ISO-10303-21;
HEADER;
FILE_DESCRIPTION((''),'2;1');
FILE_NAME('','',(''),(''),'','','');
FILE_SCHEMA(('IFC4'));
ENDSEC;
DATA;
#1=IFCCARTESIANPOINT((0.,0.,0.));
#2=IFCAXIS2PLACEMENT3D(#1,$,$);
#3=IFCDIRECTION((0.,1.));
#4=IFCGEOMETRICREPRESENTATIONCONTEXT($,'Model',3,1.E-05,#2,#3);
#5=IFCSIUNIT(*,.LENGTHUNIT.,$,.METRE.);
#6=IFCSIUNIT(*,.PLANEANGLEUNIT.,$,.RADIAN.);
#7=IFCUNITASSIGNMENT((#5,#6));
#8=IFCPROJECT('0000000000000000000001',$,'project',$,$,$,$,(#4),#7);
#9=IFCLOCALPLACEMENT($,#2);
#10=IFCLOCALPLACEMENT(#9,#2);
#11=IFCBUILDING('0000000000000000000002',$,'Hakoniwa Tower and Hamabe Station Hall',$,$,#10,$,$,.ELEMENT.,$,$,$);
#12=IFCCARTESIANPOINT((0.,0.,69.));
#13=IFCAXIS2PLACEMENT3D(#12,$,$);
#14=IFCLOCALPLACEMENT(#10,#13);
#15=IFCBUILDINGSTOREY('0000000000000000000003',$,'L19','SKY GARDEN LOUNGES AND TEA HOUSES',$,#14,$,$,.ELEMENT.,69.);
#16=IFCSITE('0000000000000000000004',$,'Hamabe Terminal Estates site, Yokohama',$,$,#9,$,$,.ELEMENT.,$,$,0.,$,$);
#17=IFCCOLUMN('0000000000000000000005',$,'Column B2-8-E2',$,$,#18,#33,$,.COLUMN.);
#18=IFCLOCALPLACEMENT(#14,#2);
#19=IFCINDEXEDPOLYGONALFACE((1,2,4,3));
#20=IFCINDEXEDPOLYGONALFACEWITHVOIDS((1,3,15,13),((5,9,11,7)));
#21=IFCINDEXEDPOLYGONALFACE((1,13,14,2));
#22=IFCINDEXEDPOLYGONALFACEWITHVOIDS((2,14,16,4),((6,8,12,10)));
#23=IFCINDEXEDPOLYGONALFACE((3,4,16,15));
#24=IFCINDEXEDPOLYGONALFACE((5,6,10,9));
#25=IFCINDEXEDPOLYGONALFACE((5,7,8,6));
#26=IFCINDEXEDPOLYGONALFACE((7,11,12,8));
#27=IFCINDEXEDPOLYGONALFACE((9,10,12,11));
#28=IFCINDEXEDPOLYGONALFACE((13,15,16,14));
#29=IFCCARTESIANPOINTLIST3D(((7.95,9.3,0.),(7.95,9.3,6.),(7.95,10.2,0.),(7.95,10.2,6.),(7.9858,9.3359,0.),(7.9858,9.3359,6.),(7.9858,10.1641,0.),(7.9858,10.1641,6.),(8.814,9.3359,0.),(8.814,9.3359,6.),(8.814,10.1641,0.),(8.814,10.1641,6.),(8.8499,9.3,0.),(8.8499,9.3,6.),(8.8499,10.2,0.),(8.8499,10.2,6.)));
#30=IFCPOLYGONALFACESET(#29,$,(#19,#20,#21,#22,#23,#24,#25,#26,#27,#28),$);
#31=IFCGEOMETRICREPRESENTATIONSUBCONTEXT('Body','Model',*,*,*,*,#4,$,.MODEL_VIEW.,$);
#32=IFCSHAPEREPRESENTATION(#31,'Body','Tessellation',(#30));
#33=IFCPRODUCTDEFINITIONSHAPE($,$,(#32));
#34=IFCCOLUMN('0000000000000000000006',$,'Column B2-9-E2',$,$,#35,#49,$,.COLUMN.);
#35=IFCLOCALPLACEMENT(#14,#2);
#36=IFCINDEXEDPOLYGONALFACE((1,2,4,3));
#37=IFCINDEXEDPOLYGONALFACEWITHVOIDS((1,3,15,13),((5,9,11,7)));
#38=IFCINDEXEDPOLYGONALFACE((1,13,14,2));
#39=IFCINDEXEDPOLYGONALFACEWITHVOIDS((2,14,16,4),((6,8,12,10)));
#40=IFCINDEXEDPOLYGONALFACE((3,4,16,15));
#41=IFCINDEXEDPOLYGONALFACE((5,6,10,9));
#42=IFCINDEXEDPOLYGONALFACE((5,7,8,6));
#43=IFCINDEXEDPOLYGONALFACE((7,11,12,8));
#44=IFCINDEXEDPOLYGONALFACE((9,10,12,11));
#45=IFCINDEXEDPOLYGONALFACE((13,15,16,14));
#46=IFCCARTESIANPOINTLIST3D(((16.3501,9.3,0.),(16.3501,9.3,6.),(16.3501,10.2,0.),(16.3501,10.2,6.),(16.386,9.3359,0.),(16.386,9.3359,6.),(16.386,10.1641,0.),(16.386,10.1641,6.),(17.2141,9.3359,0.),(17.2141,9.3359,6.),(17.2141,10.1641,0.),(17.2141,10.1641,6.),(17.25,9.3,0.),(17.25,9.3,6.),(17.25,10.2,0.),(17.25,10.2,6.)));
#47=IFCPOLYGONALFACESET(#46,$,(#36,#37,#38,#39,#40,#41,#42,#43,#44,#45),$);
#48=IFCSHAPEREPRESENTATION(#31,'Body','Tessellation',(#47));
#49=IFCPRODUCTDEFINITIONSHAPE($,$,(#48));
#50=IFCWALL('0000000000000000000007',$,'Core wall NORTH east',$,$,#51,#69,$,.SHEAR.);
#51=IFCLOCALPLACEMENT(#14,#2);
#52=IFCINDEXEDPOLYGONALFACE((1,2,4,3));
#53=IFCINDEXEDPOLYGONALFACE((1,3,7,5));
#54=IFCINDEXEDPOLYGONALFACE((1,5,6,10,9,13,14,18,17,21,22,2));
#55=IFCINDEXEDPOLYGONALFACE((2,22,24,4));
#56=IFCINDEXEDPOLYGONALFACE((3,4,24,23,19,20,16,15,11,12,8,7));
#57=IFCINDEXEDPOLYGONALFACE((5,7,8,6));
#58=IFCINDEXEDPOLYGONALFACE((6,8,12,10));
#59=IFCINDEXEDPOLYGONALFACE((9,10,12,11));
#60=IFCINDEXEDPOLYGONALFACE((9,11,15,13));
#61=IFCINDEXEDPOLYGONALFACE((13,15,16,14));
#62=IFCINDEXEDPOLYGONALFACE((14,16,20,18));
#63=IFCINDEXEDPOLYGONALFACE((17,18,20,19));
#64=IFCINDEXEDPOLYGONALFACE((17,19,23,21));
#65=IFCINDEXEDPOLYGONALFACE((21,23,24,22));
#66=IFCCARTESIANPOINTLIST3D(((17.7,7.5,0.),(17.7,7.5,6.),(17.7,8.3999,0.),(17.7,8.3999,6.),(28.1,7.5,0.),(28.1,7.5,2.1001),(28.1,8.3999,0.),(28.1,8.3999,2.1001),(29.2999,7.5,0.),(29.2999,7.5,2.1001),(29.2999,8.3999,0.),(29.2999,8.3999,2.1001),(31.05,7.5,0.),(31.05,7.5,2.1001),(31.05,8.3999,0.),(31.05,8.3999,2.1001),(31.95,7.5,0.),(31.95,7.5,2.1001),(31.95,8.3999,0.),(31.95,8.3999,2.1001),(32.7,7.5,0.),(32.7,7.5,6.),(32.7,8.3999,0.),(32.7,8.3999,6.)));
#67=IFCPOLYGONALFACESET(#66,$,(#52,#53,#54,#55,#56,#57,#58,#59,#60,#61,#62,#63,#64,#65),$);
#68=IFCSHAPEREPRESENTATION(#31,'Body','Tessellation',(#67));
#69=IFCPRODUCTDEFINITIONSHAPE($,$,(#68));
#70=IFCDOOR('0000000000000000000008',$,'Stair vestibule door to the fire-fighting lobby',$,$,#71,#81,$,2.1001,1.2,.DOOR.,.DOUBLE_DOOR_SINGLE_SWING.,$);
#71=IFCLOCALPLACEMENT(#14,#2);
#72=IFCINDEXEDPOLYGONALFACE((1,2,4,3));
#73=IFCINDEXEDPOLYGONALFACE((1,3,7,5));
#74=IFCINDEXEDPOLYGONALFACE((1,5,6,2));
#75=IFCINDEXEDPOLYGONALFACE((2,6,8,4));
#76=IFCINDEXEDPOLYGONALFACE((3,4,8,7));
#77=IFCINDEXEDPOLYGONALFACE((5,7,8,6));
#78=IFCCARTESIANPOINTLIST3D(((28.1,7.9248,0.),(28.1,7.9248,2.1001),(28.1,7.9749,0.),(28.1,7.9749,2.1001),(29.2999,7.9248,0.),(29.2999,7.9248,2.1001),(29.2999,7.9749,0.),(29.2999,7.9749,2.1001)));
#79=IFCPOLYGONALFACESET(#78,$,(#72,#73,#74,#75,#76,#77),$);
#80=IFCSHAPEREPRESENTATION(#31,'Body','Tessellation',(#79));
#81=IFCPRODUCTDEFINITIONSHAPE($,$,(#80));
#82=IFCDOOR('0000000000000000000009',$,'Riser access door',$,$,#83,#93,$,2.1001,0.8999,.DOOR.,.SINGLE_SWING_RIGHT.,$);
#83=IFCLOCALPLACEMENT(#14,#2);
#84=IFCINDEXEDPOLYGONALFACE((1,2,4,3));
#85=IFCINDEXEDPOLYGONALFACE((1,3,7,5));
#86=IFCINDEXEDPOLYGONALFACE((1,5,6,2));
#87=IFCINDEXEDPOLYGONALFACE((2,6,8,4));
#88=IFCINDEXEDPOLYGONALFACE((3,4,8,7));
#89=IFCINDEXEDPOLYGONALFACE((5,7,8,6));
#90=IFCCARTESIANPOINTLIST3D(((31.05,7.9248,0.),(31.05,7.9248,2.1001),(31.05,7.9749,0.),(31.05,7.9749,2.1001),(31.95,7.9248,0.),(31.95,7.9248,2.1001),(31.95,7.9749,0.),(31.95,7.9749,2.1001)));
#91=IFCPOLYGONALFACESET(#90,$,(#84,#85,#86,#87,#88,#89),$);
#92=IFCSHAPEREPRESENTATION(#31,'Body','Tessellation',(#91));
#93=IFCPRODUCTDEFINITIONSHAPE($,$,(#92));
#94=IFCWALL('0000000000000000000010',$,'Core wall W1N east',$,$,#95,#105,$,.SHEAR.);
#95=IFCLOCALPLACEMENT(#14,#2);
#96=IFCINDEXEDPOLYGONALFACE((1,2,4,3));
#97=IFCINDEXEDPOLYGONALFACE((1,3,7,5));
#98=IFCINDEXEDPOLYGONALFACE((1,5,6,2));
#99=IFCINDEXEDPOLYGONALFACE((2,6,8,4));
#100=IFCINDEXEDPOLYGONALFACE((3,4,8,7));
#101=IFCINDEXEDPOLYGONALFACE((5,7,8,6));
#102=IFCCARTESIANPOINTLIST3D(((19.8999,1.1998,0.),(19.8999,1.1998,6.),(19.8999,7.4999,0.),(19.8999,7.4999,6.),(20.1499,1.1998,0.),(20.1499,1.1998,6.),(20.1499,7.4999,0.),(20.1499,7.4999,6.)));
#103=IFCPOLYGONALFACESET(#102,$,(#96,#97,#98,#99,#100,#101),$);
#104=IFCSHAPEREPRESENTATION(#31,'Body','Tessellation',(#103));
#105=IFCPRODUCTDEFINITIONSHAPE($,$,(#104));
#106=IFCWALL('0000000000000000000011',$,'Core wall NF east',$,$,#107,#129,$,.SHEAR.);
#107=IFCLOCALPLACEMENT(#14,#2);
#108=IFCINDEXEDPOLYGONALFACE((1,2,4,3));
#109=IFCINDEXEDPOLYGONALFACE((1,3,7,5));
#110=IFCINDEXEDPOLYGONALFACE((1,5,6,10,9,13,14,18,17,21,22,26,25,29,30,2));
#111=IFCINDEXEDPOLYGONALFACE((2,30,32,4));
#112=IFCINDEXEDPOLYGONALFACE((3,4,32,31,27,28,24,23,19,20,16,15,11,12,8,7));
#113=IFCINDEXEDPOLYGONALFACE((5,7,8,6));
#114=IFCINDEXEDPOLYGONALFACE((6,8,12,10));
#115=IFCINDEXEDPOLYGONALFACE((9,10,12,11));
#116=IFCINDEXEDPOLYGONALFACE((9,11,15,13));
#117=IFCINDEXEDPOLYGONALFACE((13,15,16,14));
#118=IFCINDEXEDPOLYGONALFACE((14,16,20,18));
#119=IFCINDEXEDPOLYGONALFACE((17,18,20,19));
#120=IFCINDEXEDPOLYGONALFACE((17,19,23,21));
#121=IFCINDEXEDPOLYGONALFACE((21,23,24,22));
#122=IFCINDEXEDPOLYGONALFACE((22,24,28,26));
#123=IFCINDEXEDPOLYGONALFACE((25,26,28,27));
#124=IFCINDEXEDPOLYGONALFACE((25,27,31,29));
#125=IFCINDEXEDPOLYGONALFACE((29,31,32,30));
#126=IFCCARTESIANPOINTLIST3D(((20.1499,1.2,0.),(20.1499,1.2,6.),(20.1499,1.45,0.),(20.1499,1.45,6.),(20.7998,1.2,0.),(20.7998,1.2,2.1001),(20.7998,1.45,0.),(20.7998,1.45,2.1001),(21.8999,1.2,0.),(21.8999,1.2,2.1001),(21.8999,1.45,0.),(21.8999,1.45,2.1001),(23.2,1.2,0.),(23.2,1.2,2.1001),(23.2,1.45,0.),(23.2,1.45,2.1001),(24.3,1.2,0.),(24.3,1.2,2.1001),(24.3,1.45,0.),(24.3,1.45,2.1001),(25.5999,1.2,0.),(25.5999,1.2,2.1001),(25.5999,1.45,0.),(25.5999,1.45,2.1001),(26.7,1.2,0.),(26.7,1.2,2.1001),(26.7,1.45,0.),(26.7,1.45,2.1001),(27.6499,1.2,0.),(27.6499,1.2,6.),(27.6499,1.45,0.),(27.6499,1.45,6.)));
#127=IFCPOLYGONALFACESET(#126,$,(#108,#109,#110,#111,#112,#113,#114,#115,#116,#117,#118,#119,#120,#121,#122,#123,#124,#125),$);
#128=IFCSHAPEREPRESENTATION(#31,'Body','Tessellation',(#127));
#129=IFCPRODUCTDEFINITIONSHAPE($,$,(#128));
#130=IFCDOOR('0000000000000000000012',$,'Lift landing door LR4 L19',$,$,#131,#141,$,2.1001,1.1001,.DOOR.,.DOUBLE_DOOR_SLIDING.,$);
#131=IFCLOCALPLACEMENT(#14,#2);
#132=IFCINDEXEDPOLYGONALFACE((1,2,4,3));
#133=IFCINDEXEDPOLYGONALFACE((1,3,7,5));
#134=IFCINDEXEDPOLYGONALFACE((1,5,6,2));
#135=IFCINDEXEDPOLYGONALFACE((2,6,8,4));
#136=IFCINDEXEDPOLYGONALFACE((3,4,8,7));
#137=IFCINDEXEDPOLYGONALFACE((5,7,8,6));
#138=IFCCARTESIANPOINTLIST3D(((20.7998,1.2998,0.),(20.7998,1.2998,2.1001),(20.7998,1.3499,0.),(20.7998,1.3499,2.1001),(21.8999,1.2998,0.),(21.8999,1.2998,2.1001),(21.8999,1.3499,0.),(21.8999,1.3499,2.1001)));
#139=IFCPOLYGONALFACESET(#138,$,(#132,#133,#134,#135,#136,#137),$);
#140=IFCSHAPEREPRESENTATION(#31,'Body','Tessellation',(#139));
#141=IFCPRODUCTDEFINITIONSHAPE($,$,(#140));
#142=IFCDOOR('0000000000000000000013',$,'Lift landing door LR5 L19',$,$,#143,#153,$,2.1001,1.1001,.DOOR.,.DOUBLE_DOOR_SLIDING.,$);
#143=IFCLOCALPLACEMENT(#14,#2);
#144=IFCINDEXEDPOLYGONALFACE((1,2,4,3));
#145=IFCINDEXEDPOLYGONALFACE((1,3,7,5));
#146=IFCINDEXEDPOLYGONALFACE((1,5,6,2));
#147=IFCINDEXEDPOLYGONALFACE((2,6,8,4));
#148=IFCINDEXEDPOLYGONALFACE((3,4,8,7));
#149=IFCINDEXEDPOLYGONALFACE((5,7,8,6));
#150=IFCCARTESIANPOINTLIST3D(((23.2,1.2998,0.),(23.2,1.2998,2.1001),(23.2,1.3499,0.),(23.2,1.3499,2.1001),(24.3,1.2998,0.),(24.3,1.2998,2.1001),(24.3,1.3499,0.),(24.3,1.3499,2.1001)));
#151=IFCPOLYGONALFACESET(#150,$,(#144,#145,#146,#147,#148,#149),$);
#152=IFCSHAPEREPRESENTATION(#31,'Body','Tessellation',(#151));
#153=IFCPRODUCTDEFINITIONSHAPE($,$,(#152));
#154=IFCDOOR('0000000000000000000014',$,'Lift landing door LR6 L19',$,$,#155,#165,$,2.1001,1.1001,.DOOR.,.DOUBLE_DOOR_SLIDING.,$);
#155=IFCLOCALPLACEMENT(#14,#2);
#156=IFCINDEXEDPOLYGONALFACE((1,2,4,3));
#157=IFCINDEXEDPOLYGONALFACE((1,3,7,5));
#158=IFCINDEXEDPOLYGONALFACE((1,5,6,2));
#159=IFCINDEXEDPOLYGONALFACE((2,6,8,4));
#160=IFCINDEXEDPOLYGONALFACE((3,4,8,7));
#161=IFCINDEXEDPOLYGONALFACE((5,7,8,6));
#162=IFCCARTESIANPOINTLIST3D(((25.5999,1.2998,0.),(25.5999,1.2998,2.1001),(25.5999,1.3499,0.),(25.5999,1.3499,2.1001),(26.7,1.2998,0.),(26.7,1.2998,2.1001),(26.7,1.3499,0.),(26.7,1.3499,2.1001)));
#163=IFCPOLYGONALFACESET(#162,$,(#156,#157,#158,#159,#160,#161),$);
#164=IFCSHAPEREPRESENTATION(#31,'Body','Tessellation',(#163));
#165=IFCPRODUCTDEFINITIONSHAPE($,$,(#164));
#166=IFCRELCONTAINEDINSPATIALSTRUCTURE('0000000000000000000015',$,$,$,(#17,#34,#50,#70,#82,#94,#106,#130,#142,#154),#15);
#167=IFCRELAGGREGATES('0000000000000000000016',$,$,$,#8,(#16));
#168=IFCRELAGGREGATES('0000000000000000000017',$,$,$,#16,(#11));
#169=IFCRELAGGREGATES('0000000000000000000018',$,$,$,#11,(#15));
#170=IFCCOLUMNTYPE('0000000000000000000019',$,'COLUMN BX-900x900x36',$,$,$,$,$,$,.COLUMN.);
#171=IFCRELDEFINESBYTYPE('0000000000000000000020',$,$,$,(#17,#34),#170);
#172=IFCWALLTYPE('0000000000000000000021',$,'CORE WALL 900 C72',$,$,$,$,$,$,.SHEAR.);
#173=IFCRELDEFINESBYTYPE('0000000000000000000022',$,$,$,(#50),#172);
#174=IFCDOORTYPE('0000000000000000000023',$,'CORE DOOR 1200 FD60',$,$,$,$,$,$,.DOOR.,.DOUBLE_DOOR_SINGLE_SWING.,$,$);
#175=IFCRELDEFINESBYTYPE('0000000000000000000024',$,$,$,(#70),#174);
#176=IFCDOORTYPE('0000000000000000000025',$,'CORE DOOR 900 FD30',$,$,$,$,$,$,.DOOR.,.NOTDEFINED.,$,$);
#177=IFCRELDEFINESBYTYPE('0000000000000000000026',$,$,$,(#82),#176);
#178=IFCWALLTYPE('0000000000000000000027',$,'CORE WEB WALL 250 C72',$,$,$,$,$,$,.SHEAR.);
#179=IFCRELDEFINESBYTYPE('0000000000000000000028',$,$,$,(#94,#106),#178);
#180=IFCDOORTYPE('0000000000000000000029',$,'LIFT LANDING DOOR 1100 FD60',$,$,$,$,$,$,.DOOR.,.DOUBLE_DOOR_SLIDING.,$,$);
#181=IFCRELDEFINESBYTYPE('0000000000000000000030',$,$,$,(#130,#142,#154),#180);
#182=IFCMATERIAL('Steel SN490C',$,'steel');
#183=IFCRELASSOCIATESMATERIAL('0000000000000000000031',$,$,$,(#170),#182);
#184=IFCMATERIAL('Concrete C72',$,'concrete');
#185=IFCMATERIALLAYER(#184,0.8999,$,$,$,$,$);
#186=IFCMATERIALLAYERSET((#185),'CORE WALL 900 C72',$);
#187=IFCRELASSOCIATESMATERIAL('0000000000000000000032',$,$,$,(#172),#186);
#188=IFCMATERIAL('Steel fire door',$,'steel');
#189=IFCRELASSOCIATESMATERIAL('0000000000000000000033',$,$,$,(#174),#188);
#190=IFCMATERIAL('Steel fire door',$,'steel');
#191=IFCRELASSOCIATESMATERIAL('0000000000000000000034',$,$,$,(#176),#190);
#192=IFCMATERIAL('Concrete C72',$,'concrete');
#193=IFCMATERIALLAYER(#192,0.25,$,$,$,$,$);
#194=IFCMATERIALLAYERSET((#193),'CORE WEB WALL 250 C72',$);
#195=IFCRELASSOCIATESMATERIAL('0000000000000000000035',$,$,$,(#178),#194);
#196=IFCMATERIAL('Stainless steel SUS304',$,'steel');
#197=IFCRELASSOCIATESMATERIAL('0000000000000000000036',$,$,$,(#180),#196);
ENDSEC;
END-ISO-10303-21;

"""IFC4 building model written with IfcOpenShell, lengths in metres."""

from ifc_helpers import new_model, si_unit, direction, frame, frame_2d, origin, origin_2d, place, context, subcontext, project, spatial, rectangle, hollow_rectangle, extrude, material, layer, layer_set, material_profile, profile_set, type_object, element, fill, save


model = new_model("IFC4")

# Units and contexts
model_context = context("Model", 3, precision=1e-05, world=origin(), true_north=direction((0.0, 1.0)))
body_context = subcontext(model_context, "Body", "Model", "MODEL_VIEW")
ifc_project = project(units=[si_unit("LENGTHUNIT", "METRE"), si_unit("PLANEANGLEUNIT", "RADIAN")], contexts=[model_context])

# Site, building, storey
site_placement = place(None, origin())
site = spatial("IfcSite", under=ifc_project, at=site_placement, Name="Hamabe Terminal Estates site, Yokohama", CompositionType="ELEMENT", RefElevation=0.0)
building_placement = place(site_placement, origin())
building = spatial("IfcBuilding", under=site, at=building_placement, Name="Hakoniwa Tower and Hamabe Station Hall", CompositionType="ELEMENT")
storey_placement = place(building_placement, frame((0.0, 0.0, 69.0)))
storey = spatial("IfcBuildingStorey", under=building, at=storey_placement, Name="L19", Description="SKY GARDEN LOUNGES AND TEA HOUSES", CompositionType="ELEMENT", Elevation=69.0)

# Columns
ifc_material_1 = material(Name="Steel SN490C", Category="steel")
ifc_material_profile = material_profile(ifc_material_1, hollow_rectangle(XDim=0.8999, YDim=0.8999, WallThickness=0.0359, at=origin_2d()), Name="BX-900x900x36")
ifc_profile_set = profile_set([ifc_material_profile], Name="Steel SN490C")
column_type = type_object("IfcColumnType", Name="COLUMN BX-900x900x36", PredefinedType="COLUMN", material=ifc_profile_set)
for number, where, z_axis, x_axis, name in (
    (1, (8.3999, 9.75, 0.0), (0.0, 0.0, 1.0), (1.0, 0.0, 0.0), "Column B2-8-E2"),
    (2, (16.8, 9.75, 0.0), (0.0, 0.0, 1.0), (1.0, 0.0, 0.0), "Column B2-9-E2"),
):
    element("IfcColumn", number, at=place(storey_placement, frame(where, z_axis=z_axis, x_axis=x_axis)), inside=storey, type_object=column_type, Name=name, PredefinedType="COLUMN", context=body_context, shape_type="SweptSolid", body=[
        extrude(hollow_rectangle(XDim=0.8999, YDim=0.8999, WallThickness=0.0359, at=origin_2d()), origin(), (0.0, 0.0, 1.0), 6.0),
    ])

# Wall, openings, doors
ifc_material_2 = material(Name="Concrete C72", Category="concrete")
ifc_layer_1 = layer(ifc_material_2, 0.8999)
ifc_layer_set_1 = layer_set([ifc_layer_1], Name="CORE WALL 900 C72")
wall_type_1 = type_object("IfcWallType", Name="CORE WALL 900 C72", PredefinedType="SHEAR", material=ifc_layer_set_1)
wall_1_placement = place(storey_placement, frame((17.7, 7.95, 0.0), z_axis=(0.0, 0.0, 1.0), x_axis=(1.0, 0.0, 0.0)))
wall_1 = element("IfcWall", 3, at=wall_1_placement, inside=storey, type_object=wall_type_1, Name="Core wall NORTH east", PredefinedType="SHEAR", context=body_context, shape_type="SweptSolid", body=[
    extrude(rectangle(XDim=15.0, YDim=0.8999, at=frame_2d((7.5, 0.0))), origin(), (0.0, 0.0, 1.0), 6.0),
])
opening_1_placement = place(wall_1_placement, frame((10.3999, 0.0, 0.0)))
opening_1 = element("IfcOpeningElement", 4, at=opening_1_placement, cuts=wall_1, PredefinedType="OPENING", context=body_context, shape_type="SweptSolid", body=[
    extrude(rectangle(XDim=1.2, YDim=2.1001, at=frame_2d((0.6001, 1.05))), frame((0.0, 0.46, 0.0), z_axis=(0.0, -1.0, 0.0), x_axis=(1.0, 0.0, 0.0)), (0.0, 0.0, 1.0), 0.9199),
])
opening_2_placement = place(wall_1_placement, frame((13.3501, 0.0, 0.0)))
opening_2 = element("IfcOpeningElement", 5, at=opening_2_placement, cuts=wall_1, PredefinedType="OPENING", context=body_context, shape_type="SweptSolid", body=[
    extrude(rectangle(XDim=0.8999, YDim=2.1001, at=frame_2d((0.45, 1.05))), frame((0.0, 0.46, 0.0), z_axis=(0.0, -1.0, 0.0), x_axis=(1.0, 0.0, 0.0)), (0.0, 0.0, 1.0), 0.9199),
])
ifc_material_3 = material(Name="Steel fire door", Category="steel")
door_type_1 = type_object("IfcDoorType", Name="CORE DOOR 1200 FD60", OperationType="DOUBLE_DOOR_SINGLE_SWING", PredefinedType="DOOR", material=ifc_material_3)
door_1_placement = place(opening_1_placement, origin())
door_1 = element("IfcDoor", 6, at=door_1_placement, inside=storey, type_object=door_type_1, Name="Stair vestibule door to the fire-fighting lobby", OperationType="DOUBLE_DOOR_SINGLE_SWING", OverallHeight=2.1001, OverallWidth=1.2, PredefinedType="DOOR", context=body_context, shape_type="SweptSolid", body=[
    extrude(rectangle(XDim=1.2, YDim=2.1001, at=frame_2d((0.6001, 1.05))), frame((0.0, 0.0249, 0.0), z_axis=(0.0, -1.0, 0.0), x_axis=(1.0, 0.0, 0.0)), (0.0, 0.0, 1.0), 0.05),
])
fill(opening_1, door_1)
ifc_material_4 = material(Name="Steel fire door", Category="steel")
door_type_2 = type_object("IfcDoorType", Name="CORE DOOR 900 FD30", OperationType="NOTDEFINED", PredefinedType="DOOR", material=ifc_material_4)
door_2_placement = place(opening_2_placement, origin())
door_2 = element("IfcDoor", 7, at=door_2_placement, inside=storey, type_object=door_type_2, Name="Riser access door", OperationType="SINGLE_SWING_RIGHT", OverallHeight=2.1001, OverallWidth=0.8999, PredefinedType="DOOR", context=body_context, shape_type="SweptSolid", body=[
    extrude(rectangle(XDim=0.8999, YDim=2.1001, at=frame_2d((0.45, 1.05))), frame((0.0, 0.0249, 0.0), z_axis=(0.0, -1.0, 0.0), x_axis=(1.0, 0.0, 0.0)), (0.0, 0.0, 1.0), 0.05),
])
fill(opening_2, door_2)

# Wall
ifc_material_5 = material(Name="Concrete C72", Category="concrete")
ifc_layer_2 = layer(ifc_material_5, 0.25)
ifc_layer_set_2 = layer_set([ifc_layer_2], Name="CORE WEB WALL 250 C72")
wall_type_2 = type_object("IfcWallType", Name="CORE WEB WALL 250 C72", PredefinedType="SHEAR", material=ifc_layer_set_2)
wall_2_placement = place(storey_placement, frame((20.0249, 1.2, 0.0), z_axis=(0.0, 0.0, 1.0), x_axis=(0.0, 1.0, 0.0)))
element("IfcWall", 8, at=wall_2_placement, inside=storey, type_object=wall_type_2, Name="Core wall W1N east", PredefinedType="SHEAR", context=body_context, shape_type="SweptSolid", body=[
    extrude(rectangle(XDim=6.3, YDim=0.25, at=frame_2d((3.1499, 0.0))), origin(), (0.0, 0.0, 1.0), 6.0),
])

# Wall, openings, doors
wall_3_placement = place(storey_placement, frame((20.1499, 1.325, 0.0), z_axis=(0.0, 0.0, 1.0), x_axis=(1.0, 0.0, 0.0)))
wall_3 = element("IfcWall", 9, at=wall_3_placement, inside=storey, type_object=wall_type_2, Name="Core wall NF east", PredefinedType="SHEAR", context=body_context, shape_type="SweptSolid", body=[
    extrude(rectangle(XDim=7.5, YDim=0.25, at=frame_2d((3.75, 0.0))), origin(), (0.0, 0.0, 1.0), 6.0),
])
opening_3_placement = place(wall_3_placement, frame((0.6499, 0.0, 0.0)))
opening_3 = element("IfcOpeningElement", 10, at=opening_3_placement, cuts=wall_3, PredefinedType="OPENING", context=body_context, shape_type="SweptSolid", body=[
    extrude(rectangle(XDim=1.1001, YDim=2.1001, at=frame_2d((0.55, 1.05))), frame((0.0, 0.135, 0.0), z_axis=(0.0, -1.0, 0.0), x_axis=(1.0, 0.0, 0.0)), (0.0, 0.0, 1.0), 0.27),
])
opening_4_placement = place(wall_3_placement, frame((3.05, 0.0, 0.0)))
opening_4 = element("IfcOpeningElement", 11, at=opening_4_placement, cuts=wall_3, PredefinedType="OPENING", context=body_context, shape_type="SweptSolid", body=[
    extrude(rectangle(XDim=1.1001, YDim=2.1001, at=frame_2d((0.55, 1.05))), frame((0.0, 0.135, 0.0), z_axis=(0.0, -1.0, 0.0), x_axis=(1.0, 0.0, 0.0)), (0.0, 0.0, 1.0), 0.27),
])
opening_5_placement = place(wall_3_placement, frame((5.45, 0.0, 0.0)))
opening_5 = element("IfcOpeningElement", 12, at=opening_5_placement, cuts=wall_3, PredefinedType="OPENING", context=body_context, shape_type="SweptSolid", body=[
    extrude(rectangle(XDim=1.1001, YDim=2.1001, at=frame_2d((0.55, 1.05))), frame((0.0, 0.135, 0.0), z_axis=(0.0, -1.0, 0.0), x_axis=(1.0, 0.0, 0.0)), (0.0, 0.0, 1.0), 0.27),
])
ifc_material_6 = material(Name="Stainless steel SUS304", Category="steel")
door_type_3 = type_object("IfcDoorType", Name="LIFT LANDING DOOR 1100 FD60", OperationType="DOUBLE_DOOR_SLIDING", PredefinedType="DOOR", material=ifc_material_6)
door_3_placement = place(opening_3_placement, origin())
door_3 = element("IfcDoor", 13, at=door_3_placement, inside=storey, type_object=door_type_3, Name="Lift landing door LR4 L19", OperationType="DOUBLE_DOOR_SLIDING", OverallHeight=2.1001, OverallWidth=1.1001, PredefinedType="DOOR", context=body_context, shape_type="SweptSolid", body=[
    extrude(rectangle(XDim=1.1001, YDim=2.1001, at=frame_2d((0.55, 1.05))), frame((0.0, 0.0249, 0.0), z_axis=(0.0, -1.0, 0.0), x_axis=(1.0, 0.0, 0.0)), (0.0, 0.0, 1.0), 0.05),
])
fill(opening_3, door_3)
door_4_placement = place(opening_4_placement, origin())
door_4 = element("IfcDoor", 14, at=door_4_placement, inside=storey, type_object=door_type_3, Name="Lift landing door LR5 L19", OperationType="DOUBLE_DOOR_SLIDING", OverallHeight=2.1001, OverallWidth=1.1001, PredefinedType="DOOR", context=body_context, shape_type="SweptSolid", body=[
    extrude(rectangle(XDim=1.1001, YDim=2.1001, at=frame_2d((0.55, 1.05))), frame((0.0, 0.0249, 0.0), z_axis=(0.0, -1.0, 0.0), x_axis=(1.0, 0.0, 0.0)), (0.0, 0.0, 1.0), 0.05),
])
fill(opening_4, door_4)
door_5_placement = place(opening_5_placement, origin())
door_5 = element("IfcDoor", 15, at=door_5_placement, inside=storey, type_object=door_type_3, Name="Lift landing door LR6 L19", OperationType="DOUBLE_DOOR_SLIDING", OverallHeight=2.1001, OverallWidth=1.1001, PredefinedType="DOOR", context=body_context, shape_type="SweptSolid", body=[
    extrude(rectangle(XDim=1.1001, YDim=2.1001, at=frame_2d((0.55, 1.05))), frame((0.0, 0.0249, 0.0), z_axis=(0.0, -1.0, 0.0), x_axis=(1.0, 0.0, 0.0)), (0.0, 0.0, 1.0), 0.05),
])
fill(opening_5, door_5)

save(model, "model.ifc")
